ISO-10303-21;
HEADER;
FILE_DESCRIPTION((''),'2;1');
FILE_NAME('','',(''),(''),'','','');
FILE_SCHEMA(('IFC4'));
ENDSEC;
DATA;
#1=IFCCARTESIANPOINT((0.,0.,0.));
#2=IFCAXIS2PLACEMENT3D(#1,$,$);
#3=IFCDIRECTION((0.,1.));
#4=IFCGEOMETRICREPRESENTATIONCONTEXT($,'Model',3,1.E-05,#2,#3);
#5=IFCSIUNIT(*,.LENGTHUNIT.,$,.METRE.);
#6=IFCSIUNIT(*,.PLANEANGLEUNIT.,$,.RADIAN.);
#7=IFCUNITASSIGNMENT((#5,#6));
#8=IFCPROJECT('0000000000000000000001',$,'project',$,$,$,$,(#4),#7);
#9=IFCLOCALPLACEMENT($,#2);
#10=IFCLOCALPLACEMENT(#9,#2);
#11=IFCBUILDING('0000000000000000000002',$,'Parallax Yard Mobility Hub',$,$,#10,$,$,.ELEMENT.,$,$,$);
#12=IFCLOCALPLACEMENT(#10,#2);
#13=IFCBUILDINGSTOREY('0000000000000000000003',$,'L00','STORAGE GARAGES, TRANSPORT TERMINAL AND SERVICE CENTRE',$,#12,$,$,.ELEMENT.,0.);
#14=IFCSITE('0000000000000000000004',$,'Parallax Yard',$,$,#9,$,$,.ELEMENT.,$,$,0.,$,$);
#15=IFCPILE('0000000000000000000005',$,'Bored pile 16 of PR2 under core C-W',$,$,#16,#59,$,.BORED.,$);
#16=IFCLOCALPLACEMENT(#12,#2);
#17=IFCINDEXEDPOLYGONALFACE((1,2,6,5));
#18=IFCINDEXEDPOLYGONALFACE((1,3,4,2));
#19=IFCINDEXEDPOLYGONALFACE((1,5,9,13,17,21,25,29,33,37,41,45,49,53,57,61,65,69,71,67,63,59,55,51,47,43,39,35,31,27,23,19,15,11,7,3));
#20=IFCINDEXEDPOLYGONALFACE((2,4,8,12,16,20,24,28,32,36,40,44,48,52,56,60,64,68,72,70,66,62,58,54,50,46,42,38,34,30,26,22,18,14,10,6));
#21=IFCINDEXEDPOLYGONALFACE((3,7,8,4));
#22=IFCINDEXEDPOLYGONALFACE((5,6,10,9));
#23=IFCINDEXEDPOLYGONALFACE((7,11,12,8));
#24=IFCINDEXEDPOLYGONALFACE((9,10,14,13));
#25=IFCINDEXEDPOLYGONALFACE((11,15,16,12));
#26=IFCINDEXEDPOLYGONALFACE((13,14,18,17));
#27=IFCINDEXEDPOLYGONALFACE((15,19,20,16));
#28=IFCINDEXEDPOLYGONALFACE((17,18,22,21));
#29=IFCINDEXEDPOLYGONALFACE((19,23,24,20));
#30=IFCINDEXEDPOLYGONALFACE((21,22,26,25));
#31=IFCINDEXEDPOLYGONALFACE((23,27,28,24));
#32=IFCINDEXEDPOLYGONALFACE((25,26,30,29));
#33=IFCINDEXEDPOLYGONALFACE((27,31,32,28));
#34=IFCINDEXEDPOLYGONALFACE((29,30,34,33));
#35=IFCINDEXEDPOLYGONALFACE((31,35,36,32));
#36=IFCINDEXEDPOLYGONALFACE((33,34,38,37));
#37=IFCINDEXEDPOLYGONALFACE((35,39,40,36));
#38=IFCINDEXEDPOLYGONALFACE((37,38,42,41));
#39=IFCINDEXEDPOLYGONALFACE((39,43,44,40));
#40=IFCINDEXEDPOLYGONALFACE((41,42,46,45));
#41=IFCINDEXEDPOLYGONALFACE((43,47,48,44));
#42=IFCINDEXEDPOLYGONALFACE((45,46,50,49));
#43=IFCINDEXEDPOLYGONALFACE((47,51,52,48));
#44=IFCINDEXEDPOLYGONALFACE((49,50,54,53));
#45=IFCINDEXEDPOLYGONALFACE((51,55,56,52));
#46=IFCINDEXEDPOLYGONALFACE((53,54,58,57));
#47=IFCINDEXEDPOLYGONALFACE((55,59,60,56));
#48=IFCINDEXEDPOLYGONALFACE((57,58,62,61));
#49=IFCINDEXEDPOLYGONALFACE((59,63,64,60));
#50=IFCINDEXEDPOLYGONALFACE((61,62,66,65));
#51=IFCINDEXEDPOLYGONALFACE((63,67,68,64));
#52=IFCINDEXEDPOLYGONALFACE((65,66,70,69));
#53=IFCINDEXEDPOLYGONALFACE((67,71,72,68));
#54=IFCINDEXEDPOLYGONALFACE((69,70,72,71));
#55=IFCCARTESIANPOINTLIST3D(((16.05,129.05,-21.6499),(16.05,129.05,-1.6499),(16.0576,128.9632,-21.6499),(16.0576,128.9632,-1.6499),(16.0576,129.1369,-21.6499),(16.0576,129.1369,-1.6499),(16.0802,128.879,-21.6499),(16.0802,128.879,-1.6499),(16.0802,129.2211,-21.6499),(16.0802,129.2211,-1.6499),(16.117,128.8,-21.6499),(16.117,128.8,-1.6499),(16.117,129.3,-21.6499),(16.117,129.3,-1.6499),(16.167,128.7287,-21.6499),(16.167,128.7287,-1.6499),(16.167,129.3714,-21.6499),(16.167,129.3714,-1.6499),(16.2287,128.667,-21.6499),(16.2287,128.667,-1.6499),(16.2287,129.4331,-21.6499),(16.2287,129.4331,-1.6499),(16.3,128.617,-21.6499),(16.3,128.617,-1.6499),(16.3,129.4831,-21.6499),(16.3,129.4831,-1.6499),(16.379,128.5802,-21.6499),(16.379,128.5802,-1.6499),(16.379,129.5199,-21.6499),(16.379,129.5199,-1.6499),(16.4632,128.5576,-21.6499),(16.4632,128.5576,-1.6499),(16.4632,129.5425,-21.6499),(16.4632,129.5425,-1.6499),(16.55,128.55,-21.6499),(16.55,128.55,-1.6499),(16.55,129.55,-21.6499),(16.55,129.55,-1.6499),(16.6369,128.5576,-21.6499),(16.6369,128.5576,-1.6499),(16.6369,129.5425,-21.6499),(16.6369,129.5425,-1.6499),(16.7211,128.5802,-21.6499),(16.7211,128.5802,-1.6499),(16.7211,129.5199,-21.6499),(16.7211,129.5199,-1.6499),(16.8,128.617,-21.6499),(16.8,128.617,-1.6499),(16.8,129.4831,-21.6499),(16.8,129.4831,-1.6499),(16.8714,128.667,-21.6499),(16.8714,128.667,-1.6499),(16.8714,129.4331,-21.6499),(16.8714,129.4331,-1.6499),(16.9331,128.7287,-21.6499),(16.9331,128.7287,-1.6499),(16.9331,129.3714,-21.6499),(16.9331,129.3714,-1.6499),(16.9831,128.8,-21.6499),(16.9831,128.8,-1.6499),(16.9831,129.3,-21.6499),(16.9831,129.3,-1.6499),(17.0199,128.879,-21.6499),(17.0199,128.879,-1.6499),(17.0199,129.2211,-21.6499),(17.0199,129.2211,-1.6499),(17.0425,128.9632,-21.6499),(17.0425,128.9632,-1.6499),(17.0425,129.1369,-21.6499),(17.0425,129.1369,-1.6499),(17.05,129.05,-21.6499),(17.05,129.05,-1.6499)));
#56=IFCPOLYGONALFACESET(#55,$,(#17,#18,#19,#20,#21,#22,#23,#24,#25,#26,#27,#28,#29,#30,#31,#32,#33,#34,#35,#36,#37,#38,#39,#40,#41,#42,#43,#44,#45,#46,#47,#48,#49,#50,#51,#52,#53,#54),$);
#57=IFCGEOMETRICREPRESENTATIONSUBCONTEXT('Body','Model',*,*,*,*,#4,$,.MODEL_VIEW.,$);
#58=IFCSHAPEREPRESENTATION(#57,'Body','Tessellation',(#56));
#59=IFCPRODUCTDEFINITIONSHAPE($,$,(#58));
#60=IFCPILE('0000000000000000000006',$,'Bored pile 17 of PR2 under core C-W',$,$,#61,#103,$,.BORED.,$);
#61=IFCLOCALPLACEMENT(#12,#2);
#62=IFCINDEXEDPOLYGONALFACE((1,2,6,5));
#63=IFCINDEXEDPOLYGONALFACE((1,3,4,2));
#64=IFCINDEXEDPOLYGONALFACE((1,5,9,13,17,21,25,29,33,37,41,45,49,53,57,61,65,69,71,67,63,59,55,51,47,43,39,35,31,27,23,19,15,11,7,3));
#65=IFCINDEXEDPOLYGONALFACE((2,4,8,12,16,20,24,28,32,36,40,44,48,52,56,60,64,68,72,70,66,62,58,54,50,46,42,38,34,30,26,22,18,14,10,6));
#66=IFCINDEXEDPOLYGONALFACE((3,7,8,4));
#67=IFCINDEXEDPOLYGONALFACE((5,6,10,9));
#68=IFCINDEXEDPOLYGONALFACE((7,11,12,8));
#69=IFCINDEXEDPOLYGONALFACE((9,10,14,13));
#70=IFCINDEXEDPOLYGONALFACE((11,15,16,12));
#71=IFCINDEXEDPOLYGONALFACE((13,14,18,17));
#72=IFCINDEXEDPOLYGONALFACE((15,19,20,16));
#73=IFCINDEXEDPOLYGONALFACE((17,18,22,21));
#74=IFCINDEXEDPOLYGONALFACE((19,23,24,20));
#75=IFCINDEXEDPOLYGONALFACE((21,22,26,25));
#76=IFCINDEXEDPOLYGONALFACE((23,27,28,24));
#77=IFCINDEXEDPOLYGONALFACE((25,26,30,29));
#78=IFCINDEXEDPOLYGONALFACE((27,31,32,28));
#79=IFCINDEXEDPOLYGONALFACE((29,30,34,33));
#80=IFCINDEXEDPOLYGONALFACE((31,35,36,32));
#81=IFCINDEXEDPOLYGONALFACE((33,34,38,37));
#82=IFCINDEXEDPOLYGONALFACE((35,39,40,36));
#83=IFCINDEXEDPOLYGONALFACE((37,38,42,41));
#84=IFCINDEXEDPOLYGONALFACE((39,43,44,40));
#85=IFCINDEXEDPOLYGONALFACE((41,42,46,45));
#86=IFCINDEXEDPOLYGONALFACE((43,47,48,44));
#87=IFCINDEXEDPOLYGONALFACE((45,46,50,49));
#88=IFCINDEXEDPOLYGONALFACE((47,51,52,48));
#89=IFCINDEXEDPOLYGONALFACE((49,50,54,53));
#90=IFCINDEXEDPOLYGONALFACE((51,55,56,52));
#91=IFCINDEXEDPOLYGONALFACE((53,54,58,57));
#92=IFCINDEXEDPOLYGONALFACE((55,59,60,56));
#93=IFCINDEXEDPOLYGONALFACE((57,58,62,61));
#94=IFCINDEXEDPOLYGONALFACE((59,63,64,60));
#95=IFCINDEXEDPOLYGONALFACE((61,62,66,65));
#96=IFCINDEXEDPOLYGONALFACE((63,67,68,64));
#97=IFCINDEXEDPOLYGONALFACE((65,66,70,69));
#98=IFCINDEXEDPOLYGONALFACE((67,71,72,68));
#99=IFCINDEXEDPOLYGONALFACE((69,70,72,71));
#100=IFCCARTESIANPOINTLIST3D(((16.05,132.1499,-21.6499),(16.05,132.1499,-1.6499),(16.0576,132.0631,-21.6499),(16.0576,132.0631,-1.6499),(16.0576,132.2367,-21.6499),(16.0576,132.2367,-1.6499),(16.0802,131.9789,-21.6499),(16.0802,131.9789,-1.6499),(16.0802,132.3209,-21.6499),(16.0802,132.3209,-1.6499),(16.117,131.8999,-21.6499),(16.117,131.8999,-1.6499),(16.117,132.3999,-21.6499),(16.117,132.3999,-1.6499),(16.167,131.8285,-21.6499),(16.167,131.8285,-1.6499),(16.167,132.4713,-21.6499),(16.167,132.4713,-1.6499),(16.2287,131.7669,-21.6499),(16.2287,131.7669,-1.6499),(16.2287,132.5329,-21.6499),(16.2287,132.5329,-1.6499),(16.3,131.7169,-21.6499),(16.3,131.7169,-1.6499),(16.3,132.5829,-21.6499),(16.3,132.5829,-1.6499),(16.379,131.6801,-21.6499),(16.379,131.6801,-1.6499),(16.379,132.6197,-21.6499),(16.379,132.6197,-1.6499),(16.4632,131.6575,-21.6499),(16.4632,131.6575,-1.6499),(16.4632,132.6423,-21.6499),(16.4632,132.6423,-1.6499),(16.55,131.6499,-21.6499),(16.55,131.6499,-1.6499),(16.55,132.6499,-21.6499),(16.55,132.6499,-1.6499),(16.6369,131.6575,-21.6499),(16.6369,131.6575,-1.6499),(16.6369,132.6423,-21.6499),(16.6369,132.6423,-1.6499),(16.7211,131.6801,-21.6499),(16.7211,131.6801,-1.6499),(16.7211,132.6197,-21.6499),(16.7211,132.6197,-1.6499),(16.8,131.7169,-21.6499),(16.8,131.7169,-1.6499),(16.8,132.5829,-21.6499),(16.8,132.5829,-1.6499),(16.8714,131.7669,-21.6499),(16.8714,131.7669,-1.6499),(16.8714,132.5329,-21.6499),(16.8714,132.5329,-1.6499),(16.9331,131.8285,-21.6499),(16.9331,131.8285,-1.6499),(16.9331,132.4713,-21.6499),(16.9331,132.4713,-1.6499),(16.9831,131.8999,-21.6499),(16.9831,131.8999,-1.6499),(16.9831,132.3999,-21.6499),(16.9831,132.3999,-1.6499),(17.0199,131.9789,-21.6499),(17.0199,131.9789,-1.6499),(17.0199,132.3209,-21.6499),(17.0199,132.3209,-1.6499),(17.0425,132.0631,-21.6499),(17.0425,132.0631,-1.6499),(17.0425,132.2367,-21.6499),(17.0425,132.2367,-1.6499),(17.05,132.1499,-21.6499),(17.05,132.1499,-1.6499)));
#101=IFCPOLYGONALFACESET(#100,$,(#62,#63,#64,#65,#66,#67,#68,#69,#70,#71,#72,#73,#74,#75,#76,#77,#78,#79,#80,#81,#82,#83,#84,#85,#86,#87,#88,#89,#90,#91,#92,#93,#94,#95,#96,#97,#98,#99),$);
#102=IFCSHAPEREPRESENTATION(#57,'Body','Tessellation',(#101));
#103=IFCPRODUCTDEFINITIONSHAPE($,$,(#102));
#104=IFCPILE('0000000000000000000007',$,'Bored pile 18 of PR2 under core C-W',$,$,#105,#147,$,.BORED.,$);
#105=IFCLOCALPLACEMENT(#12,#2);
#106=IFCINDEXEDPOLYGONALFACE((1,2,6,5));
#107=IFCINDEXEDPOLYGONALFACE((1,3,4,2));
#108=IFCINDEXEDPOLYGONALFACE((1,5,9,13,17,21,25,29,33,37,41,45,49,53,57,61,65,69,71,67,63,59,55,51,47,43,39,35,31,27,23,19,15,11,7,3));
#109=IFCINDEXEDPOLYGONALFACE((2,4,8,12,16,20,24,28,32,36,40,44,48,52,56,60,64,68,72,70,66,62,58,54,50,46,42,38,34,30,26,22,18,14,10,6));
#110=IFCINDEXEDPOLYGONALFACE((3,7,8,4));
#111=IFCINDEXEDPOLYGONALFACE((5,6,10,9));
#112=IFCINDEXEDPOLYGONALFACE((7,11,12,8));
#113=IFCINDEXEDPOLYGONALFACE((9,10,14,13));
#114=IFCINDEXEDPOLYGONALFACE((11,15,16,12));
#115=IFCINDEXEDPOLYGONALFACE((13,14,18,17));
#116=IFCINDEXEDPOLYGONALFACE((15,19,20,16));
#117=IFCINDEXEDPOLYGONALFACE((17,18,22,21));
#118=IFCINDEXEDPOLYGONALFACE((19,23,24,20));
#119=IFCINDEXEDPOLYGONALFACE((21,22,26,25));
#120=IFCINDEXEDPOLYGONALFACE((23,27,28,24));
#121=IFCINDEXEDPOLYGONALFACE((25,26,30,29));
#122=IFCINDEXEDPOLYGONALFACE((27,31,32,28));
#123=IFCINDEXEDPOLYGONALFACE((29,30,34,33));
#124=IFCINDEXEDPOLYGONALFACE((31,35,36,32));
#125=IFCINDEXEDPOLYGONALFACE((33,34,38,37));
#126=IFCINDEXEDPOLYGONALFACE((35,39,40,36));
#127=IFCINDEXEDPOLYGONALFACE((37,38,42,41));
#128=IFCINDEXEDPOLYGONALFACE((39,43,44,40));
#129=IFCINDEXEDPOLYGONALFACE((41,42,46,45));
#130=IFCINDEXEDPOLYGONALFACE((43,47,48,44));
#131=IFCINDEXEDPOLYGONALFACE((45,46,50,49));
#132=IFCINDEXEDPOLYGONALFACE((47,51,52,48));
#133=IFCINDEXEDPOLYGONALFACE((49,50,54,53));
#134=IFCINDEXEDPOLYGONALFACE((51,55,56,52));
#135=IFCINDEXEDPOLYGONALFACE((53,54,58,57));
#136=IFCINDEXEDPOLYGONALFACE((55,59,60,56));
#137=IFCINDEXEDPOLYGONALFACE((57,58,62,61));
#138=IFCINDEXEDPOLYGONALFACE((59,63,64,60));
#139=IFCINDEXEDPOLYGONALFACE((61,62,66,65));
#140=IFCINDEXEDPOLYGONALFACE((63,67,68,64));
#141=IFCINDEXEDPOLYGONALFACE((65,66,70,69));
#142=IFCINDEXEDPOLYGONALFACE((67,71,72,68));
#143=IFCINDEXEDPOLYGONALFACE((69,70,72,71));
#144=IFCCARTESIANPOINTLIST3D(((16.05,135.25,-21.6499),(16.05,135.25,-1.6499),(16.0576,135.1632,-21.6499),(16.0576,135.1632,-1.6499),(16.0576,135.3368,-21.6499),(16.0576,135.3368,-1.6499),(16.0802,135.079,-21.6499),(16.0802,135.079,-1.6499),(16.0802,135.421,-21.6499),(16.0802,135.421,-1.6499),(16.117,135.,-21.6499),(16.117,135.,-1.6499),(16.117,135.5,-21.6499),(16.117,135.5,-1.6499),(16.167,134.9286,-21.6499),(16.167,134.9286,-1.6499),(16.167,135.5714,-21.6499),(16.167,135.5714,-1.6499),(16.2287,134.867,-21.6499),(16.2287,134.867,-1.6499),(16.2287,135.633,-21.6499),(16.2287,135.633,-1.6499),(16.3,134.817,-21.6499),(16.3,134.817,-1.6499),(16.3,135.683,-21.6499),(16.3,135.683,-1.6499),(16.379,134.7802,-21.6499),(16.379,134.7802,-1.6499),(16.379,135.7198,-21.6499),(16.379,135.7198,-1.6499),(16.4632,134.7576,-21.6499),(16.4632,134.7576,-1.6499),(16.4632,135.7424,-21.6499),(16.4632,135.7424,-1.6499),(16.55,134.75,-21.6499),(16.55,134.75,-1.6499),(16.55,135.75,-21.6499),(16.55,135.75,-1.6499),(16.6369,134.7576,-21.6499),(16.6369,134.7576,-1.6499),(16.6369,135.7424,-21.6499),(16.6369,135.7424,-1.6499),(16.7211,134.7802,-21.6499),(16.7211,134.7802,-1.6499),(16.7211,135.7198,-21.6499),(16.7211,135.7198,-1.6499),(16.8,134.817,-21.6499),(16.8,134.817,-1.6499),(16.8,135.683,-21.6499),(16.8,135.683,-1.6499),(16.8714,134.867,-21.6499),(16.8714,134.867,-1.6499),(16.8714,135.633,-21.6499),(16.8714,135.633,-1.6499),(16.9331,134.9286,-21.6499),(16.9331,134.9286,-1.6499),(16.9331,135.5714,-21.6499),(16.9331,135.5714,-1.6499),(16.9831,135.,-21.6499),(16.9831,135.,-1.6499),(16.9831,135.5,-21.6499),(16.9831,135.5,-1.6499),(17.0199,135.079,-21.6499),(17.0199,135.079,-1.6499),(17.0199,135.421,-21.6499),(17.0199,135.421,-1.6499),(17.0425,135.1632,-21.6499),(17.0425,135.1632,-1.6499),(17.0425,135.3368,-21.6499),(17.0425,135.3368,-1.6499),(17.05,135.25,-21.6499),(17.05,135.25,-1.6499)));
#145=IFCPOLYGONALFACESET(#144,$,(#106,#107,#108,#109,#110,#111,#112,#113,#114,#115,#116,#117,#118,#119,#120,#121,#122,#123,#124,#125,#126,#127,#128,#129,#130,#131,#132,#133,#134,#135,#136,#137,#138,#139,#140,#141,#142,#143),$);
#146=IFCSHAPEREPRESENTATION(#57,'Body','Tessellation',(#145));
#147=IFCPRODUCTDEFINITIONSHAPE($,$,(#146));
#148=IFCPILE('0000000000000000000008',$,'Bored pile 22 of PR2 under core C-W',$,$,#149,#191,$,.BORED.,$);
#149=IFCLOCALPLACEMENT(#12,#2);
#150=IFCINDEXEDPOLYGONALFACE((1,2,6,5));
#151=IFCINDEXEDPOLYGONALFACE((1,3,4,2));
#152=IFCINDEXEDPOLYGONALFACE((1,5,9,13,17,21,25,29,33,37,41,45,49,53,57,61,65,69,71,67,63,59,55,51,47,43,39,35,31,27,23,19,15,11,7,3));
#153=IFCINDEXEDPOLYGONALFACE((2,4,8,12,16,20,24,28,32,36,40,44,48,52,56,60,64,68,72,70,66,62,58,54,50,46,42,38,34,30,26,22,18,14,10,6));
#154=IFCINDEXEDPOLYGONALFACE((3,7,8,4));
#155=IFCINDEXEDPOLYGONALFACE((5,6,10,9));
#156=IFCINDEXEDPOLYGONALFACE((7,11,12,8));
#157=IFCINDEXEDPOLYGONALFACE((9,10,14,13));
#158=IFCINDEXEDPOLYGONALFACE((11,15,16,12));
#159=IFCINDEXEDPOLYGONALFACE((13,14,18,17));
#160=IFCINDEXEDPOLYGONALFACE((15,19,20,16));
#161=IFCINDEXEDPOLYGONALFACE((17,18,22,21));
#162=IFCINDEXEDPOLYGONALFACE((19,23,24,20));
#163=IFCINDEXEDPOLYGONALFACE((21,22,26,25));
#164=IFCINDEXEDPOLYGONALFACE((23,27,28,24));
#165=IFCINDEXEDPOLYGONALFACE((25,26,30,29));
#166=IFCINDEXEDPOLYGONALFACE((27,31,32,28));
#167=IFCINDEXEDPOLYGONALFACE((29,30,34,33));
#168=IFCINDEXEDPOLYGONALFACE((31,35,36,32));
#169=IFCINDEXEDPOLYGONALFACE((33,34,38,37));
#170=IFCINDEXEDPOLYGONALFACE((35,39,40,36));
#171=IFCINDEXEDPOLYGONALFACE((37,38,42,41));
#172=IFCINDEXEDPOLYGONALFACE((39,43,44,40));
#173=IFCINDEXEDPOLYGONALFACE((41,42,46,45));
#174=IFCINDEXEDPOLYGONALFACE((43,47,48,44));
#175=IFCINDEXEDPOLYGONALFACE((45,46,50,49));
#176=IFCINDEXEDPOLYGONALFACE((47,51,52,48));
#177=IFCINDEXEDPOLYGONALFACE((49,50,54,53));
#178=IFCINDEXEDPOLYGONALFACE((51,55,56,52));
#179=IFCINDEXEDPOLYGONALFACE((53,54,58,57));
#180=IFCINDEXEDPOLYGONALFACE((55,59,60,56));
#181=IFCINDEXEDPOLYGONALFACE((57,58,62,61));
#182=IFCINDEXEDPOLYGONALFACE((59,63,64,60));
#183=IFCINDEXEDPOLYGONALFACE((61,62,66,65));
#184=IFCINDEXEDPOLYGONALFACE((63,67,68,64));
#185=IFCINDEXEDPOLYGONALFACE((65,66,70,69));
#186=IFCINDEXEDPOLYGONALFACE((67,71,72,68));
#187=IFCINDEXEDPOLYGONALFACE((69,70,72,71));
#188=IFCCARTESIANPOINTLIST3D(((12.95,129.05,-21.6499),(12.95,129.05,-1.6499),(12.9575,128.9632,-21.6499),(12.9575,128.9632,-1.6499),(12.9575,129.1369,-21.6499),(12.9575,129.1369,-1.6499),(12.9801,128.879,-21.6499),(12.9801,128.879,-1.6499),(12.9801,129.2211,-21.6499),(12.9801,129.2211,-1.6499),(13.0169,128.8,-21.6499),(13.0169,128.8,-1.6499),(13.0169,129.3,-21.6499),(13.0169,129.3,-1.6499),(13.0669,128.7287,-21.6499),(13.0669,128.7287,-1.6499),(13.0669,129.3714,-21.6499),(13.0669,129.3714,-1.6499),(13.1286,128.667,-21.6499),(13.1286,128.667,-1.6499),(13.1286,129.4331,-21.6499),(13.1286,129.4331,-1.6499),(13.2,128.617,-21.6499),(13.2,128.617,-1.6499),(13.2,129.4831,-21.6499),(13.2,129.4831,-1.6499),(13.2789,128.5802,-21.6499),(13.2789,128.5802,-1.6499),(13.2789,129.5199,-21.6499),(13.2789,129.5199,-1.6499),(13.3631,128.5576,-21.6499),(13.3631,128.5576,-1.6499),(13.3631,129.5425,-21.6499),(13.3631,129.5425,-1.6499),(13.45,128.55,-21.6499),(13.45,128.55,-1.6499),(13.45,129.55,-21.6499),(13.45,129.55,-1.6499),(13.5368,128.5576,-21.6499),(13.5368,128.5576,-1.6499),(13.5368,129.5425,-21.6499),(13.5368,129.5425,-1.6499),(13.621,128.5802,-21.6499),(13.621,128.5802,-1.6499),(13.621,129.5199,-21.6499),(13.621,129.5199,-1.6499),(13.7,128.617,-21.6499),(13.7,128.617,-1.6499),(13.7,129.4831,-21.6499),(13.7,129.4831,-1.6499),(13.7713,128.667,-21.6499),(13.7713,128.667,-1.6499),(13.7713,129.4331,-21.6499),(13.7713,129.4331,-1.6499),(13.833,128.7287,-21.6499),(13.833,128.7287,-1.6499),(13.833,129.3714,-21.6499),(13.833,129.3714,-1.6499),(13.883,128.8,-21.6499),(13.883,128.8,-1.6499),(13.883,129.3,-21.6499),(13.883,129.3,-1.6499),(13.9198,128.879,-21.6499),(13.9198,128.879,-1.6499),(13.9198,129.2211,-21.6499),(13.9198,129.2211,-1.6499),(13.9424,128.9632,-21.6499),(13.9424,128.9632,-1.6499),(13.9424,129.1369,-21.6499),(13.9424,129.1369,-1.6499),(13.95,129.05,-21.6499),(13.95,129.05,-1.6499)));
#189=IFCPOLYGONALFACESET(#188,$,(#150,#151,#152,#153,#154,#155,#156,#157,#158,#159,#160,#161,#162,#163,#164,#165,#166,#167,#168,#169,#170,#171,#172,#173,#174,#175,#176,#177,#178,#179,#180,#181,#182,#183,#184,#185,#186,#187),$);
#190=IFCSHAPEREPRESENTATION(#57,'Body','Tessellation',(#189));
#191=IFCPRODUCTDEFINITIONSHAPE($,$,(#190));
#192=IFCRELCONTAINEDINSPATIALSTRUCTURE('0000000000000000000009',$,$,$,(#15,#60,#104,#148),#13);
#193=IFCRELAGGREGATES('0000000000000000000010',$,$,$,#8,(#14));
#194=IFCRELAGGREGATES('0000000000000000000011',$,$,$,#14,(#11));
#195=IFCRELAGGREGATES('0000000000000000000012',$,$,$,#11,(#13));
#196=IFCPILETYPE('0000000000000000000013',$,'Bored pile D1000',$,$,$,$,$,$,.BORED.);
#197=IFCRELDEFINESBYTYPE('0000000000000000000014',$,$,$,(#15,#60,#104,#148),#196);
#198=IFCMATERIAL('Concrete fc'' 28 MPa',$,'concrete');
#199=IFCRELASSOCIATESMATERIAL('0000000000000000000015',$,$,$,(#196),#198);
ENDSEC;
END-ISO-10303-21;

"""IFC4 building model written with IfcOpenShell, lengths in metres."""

from ifc_helpers import new_model, si_unit, direction, frame, origin, origin_2d, place, context, subcontext, project, spatial, circle, extrude, material, material_profile, profile_set, type_object, element, save


model = new_model("IFC4")

# Units and contexts
model_context = context("Model", 3, precision=1e-05, world=origin(), true_north=direction((0.0, 1.0)))
body_context = subcontext(model_context, "Body", "Model", "MODEL_VIEW")
ifc_project = project(units=[si_unit("LENGTHUNIT", "METRE"), si_unit("PLANEANGLEUNIT", "RADIAN")], contexts=[model_context])

# Site, building, storey
site_placement = place(None, origin())
site = spatial("IfcSite", under=ifc_project, at=site_placement, Name="Parallax Yard", CompositionType="ELEMENT", RefElevation=0.0)
building_placement = place(site_placement, origin())
building = spatial("IfcBuilding", under=site, at=building_placement, Name="Parallax Yard Mobility Hub", CompositionType="ELEMENT")
storey_placement = place(building_placement, origin())
storey = spatial("IfcBuildingStorey", under=building, at=storey_placement, Name="L00", Description="STORAGE GARAGES, TRANSPORT TERMINAL AND SERVICE CENTRE", CompositionType="ELEMENT", Elevation=0.0)

# Piles
ifc_material_1 = material(Name="Concrete fc' 28 MPa", Category="concrete")
ifc_material_profile = material_profile(ifc_material_1, circle(Radius=0.5, at=origin_2d()), Name="Bored pile D1000")
ifc_profile_set = profile_set([ifc_material_profile], Name="Concrete fc' 28 MPa")
pile_type = type_object("IfcPileType", Name="Bored pile D1000", PredefinedType="BORED", material=ifc_profile_set)
for number, where, z_axis, x_axis, name in (
    (1, (16.55, 129.05, -1.6499), (0.0, 0.0, -1.0), (1.0, 0.0, 0.0), "Bored pile 16 of PR2 under core C-W"),
    (2, (16.55, 132.1499, -1.6499), (0.0, 0.0, -1.0), (1.0, 0.0, 0.0), "Bored pile 17 of PR2 under core C-W"),
    (3, (16.55, 135.25, -1.6499), (0.0, 0.0, -1.0), (1.0, 0.0, 0.0), "Bored pile 18 of PR2 under core C-W"),
    (4, (13.45, 129.05, -1.6499), (0.0, 0.0, -1.0), (1.0, 0.0, 0.0), "Bored pile 22 of PR2 under core C-W"),
):
    element("IfcPile", number, at=place(storey_placement, frame(where, z_axis=z_axis, x_axis=x_axis)), inside=storey, type_object=pile_type, Name=name, PredefinedType="BORED", context=body_context, shape_type="SweptSolid", body=[
        extrude(circle(Radius=0.5, at=origin_2d()), origin(), (0.0, 0.0, 1.0), 20.0),
    ])

save(model, "model.ifc")
